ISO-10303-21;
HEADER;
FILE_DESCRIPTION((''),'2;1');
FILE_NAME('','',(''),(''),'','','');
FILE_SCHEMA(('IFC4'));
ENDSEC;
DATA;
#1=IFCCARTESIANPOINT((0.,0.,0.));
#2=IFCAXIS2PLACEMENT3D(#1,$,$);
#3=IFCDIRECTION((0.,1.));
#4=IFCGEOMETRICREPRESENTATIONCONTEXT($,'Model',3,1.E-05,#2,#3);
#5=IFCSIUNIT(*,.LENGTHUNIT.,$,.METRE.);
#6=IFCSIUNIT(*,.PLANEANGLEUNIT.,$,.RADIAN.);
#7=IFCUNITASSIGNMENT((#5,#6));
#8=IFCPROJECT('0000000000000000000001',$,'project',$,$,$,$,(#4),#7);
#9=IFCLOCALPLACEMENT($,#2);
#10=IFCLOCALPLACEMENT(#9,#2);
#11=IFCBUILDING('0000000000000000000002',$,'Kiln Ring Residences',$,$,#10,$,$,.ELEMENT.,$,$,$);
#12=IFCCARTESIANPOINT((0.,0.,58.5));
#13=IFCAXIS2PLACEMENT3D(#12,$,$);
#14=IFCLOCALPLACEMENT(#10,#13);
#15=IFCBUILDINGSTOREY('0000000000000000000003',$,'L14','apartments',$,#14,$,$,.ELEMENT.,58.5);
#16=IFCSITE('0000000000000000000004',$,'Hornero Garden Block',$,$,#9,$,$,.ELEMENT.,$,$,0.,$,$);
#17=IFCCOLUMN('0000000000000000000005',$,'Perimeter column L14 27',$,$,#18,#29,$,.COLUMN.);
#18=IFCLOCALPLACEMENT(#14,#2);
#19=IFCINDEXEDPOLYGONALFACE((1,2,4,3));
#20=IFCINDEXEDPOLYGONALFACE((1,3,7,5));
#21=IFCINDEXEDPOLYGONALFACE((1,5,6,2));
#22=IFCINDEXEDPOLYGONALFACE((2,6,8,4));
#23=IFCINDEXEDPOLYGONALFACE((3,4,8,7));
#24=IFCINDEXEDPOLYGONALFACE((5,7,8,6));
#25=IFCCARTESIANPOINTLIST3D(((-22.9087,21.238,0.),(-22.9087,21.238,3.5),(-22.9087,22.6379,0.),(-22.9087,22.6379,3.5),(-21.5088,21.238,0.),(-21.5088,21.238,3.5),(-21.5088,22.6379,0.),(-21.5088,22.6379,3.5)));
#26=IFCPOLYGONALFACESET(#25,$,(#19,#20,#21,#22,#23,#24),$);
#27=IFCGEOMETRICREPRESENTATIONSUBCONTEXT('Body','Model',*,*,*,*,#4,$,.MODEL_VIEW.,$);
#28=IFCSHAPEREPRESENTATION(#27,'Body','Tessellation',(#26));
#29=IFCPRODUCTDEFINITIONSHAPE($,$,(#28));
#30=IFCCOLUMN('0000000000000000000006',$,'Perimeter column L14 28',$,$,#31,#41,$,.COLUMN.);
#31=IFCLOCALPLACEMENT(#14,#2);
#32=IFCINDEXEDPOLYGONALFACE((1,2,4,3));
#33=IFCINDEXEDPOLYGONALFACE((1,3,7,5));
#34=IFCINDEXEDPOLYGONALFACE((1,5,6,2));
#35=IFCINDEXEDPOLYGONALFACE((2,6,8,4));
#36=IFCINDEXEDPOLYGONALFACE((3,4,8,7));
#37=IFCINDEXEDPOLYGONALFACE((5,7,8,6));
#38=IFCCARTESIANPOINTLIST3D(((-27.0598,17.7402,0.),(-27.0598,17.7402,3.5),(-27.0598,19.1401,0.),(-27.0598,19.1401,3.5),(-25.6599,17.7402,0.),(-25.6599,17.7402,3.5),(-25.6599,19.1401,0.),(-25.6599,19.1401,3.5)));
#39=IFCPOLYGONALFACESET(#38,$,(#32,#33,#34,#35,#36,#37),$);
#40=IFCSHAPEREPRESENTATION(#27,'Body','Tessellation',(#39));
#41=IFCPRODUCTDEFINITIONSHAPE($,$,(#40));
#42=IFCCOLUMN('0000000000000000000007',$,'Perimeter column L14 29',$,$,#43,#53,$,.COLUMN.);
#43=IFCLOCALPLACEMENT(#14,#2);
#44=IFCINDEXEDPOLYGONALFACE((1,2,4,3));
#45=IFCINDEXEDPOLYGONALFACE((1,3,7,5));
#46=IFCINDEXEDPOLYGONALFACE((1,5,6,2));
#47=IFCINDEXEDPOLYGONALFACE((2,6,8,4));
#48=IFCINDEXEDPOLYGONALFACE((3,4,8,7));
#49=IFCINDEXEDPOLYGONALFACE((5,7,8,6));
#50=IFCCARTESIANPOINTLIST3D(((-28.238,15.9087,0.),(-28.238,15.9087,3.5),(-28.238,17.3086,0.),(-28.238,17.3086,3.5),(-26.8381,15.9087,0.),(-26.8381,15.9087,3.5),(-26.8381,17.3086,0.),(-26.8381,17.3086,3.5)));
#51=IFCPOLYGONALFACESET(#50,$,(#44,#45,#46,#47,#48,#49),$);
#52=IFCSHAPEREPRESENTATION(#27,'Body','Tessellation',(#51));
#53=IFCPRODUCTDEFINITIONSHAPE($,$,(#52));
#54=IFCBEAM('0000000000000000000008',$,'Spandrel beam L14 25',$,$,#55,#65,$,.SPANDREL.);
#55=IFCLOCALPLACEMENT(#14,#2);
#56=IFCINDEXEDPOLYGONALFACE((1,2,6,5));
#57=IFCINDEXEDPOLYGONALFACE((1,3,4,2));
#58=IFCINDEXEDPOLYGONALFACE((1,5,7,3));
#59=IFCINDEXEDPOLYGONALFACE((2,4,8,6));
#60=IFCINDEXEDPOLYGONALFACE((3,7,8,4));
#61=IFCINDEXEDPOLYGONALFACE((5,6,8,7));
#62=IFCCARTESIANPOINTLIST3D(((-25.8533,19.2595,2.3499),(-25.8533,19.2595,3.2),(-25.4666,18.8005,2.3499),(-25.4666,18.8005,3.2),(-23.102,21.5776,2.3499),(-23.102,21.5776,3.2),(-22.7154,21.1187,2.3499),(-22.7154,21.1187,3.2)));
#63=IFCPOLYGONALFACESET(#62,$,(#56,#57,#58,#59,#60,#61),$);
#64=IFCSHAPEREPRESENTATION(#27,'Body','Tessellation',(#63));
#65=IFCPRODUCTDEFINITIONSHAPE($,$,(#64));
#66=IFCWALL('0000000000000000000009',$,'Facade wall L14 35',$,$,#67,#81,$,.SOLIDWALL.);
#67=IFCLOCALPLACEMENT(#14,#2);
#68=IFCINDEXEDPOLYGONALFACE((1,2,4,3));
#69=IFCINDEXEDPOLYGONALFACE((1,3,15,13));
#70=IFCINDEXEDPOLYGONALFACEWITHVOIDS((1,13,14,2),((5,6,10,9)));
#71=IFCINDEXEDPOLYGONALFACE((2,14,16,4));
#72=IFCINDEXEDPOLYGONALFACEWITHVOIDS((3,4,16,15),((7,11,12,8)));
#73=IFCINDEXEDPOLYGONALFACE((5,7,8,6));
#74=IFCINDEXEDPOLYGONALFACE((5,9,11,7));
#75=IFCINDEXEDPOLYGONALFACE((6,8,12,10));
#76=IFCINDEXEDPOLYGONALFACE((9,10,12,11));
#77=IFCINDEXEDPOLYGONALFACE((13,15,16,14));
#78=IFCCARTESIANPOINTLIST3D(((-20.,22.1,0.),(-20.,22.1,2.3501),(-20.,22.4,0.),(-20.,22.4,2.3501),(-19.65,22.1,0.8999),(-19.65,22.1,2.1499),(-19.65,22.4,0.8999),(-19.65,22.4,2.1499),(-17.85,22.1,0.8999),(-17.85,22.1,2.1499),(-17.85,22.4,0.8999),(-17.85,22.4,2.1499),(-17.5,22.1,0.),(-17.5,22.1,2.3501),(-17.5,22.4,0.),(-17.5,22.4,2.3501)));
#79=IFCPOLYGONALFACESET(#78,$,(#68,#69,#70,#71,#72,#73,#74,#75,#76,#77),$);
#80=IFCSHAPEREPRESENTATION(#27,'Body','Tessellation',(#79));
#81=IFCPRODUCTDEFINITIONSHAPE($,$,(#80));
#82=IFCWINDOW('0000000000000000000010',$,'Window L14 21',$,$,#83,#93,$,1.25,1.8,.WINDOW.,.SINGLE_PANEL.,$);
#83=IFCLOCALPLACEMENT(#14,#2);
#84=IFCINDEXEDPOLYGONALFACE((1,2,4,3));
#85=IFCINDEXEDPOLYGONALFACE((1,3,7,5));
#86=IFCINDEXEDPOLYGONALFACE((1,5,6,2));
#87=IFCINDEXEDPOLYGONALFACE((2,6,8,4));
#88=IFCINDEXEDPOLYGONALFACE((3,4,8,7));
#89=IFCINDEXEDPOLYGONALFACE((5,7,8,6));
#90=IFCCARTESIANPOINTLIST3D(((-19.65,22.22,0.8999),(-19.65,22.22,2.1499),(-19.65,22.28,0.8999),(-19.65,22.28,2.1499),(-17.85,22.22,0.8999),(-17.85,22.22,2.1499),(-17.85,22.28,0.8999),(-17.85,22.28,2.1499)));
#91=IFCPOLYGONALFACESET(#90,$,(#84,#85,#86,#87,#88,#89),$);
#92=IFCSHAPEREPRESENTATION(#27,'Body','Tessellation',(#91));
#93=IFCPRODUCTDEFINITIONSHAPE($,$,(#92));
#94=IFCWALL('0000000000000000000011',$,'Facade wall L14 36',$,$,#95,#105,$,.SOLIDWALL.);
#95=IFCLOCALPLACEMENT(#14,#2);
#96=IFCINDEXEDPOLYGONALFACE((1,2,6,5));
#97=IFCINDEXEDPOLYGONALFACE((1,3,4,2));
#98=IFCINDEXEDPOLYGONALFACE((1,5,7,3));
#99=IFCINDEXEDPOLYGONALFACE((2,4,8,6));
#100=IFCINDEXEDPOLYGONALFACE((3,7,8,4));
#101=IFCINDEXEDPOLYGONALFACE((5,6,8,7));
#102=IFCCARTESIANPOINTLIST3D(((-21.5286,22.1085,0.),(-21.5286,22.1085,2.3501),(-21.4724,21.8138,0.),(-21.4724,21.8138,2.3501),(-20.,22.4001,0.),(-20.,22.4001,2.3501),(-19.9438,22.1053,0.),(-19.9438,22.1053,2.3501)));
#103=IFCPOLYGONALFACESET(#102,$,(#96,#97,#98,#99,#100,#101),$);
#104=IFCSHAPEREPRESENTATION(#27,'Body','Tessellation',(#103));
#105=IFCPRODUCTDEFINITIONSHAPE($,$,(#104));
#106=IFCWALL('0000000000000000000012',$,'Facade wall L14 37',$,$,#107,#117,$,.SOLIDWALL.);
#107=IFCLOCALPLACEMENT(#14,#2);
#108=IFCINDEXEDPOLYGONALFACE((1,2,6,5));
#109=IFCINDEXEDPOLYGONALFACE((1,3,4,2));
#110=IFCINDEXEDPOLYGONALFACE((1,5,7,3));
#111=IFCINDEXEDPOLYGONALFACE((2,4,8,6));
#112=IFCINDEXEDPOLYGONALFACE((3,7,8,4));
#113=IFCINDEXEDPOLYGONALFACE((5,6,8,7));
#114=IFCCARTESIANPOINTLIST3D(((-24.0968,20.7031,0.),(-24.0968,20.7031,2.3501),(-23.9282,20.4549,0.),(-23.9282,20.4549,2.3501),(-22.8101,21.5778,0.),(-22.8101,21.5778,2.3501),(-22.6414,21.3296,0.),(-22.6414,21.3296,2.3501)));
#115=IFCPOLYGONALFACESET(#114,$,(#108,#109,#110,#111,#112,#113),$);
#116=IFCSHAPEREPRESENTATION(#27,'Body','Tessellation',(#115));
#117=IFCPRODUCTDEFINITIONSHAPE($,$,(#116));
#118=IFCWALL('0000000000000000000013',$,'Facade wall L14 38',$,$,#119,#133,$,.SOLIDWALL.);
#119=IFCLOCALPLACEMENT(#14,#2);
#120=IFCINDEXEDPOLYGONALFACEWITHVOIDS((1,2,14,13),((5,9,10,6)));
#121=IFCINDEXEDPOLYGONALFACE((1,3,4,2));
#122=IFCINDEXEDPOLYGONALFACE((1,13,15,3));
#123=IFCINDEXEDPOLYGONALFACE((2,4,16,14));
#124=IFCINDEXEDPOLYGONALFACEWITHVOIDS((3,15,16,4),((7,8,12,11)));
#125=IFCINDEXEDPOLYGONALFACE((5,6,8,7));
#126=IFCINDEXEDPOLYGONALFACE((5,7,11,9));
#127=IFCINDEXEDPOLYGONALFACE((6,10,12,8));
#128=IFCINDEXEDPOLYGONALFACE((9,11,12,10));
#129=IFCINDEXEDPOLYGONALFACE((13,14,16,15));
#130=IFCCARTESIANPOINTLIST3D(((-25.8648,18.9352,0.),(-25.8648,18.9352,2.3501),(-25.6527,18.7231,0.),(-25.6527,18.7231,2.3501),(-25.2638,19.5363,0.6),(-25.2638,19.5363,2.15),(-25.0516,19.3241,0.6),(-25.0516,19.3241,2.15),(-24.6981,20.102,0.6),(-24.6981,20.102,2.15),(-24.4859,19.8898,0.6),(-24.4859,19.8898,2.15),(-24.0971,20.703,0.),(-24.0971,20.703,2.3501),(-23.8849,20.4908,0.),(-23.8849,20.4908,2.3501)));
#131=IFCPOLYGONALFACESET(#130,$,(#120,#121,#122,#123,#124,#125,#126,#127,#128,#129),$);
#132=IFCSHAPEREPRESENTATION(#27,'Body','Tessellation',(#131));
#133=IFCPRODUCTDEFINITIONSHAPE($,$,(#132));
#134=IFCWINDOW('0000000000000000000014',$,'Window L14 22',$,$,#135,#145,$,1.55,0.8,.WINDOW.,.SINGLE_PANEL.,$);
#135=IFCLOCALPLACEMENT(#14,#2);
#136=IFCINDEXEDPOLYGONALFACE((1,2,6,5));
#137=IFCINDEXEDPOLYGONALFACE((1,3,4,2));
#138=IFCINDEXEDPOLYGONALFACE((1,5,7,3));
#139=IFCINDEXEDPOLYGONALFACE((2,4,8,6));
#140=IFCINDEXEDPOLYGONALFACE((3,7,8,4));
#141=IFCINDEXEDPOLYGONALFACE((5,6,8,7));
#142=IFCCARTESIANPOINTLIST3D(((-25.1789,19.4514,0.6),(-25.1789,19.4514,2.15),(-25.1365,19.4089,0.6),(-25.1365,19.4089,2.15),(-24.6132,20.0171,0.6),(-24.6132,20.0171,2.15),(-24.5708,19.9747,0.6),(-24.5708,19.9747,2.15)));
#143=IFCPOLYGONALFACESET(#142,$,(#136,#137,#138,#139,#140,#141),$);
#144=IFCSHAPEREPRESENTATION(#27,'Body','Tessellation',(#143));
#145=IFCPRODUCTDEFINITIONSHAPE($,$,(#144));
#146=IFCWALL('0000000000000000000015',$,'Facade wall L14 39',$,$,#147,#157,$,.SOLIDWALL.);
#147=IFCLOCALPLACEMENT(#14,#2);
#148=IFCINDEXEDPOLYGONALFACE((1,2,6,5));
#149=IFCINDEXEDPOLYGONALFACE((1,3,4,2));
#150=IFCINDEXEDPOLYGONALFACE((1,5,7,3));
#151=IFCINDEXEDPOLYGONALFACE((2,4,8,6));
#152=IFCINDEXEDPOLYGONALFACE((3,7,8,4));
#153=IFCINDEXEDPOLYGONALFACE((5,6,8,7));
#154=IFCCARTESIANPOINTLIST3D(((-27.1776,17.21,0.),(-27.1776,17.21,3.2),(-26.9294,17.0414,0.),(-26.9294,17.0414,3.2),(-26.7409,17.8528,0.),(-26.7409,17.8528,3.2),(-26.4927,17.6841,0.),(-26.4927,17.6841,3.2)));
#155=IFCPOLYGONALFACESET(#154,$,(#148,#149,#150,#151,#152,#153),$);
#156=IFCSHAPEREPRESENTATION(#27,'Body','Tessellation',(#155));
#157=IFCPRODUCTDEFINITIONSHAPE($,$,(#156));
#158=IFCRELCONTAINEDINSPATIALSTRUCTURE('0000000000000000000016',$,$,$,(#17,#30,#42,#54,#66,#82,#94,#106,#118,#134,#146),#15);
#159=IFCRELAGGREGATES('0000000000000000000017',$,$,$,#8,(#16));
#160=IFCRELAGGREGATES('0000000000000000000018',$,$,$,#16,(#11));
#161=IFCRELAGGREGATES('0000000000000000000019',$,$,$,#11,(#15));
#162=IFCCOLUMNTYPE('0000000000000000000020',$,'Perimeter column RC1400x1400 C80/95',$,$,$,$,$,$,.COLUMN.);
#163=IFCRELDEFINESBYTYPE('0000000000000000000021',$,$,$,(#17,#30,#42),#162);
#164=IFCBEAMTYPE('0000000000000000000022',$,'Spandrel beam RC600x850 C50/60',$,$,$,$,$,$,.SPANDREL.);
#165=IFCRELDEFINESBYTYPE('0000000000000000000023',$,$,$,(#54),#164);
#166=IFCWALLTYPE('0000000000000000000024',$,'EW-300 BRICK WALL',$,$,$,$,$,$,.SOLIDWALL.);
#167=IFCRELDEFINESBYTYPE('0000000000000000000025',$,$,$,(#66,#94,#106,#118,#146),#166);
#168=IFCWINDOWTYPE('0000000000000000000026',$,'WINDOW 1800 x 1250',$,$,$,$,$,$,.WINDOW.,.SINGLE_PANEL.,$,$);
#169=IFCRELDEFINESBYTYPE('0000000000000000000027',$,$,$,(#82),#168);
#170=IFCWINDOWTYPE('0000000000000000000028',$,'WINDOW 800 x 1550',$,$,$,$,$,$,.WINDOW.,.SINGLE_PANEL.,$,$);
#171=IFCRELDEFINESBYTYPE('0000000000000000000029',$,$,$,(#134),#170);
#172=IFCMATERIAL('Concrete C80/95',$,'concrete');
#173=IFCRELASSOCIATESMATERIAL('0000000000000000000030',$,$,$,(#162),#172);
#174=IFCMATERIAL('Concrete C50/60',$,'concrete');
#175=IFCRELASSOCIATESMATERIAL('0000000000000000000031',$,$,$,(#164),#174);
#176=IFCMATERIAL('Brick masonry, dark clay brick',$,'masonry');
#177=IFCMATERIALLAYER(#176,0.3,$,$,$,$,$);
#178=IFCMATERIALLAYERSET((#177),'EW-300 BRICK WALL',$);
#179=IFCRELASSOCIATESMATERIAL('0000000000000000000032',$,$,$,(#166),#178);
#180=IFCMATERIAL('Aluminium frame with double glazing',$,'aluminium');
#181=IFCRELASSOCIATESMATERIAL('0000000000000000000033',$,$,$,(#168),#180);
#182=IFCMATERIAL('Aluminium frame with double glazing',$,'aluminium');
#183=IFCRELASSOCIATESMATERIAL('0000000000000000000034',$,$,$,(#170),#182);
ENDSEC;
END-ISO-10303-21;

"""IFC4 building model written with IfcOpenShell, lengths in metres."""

from ifc_helpers import new_model, si_unit, direction, frame, frame_2d, origin, origin_2d, place, context, subcontext, project, spatial, rectangle, extrude, material, layer, layer_set, material_profile, profile_set, type_object, element, fill, save


model = new_model("IFC4")

# Units and contexts
model_context = context("Model", 3, precision=1e-05, world=origin(), true_north=direction((0.0, 1.0)))
body_context = subcontext(model_context, "Body", "Model", "MODEL_VIEW")
ifc_project = project(units=[si_unit("LENGTHUNIT", "METRE"), si_unit("PLANEANGLEUNIT", "RADIAN")], contexts=[model_context])

# Site, building, storey
site_placement = place(None, origin())
site = spatial("IfcSite", under=ifc_project, at=site_placement, Name="Hornero Garden Block", CompositionType="ELEMENT", RefElevation=0.0)
building_placement = place(site_placement, origin())
building = spatial("IfcBuilding", under=site, at=building_placement, Name="Kiln Ring Residences", CompositionType="ELEMENT")
storey_placement = place(building_placement, frame((0.0, 0.0, 58.5)))
storey = spatial("IfcBuildingStorey", under=building, at=storey_placement, Name="L14", Description="apartments", CompositionType="ELEMENT", Elevation=58.5)

# Columns
ifc_material_1 = material(Name="Concrete C80/95", Category="concrete")
ifc_material_profile_1 = material_profile(ifc_material_1, rectangle(XDim=1.3999, YDim=1.3999, at=origin_2d()), Name="RC1400x1400")
ifc_profile_set_1 = profile_set([ifc_material_profile_1], Name="Concrete C80/95")
column_type = type_object("IfcColumnType", Name="Perimeter column RC1400x1400 C80/95", PredefinedType="COLUMN", material=ifc_profile_set_1)
for number, where, z_axis, x_axis, name in (
    (1, (-22.2087, 21.938, 0.0), (0.0, 0.0, 1.0), (1.0, 0.0, 0.0), "Perimeter column L14 27"),
    (2, (-26.3599, 18.4402, 0.0), (0.0, 0.0, 1.0), (1.0, 0.0, 0.0), "Perimeter column L14 28"),
    (3, (-27.5381, 16.6086, 0.0), (0.0, 0.0, 1.0), (1.0, 0.0, 0.0), "Perimeter column L14 29"),
):
    element("IfcColumn", number, at=place(storey_placement, frame(where, z_axis=z_axis, x_axis=x_axis)), inside=storey, type_object=column_type, Name=name, PredefinedType="COLUMN", context=body_context, shape_type="SweptSolid", body=[
        extrude(rectangle(XDim=1.3999, YDim=1.3999, at=origin_2d()), origin(), (0.0, 0.0, 1.0), 3.5),
    ])

# Beam
ifc_material_2 = material(Name="Concrete C50/60", Category="concrete")
ifc_material_profile_2 = material_profile(ifc_material_2, rectangle(XDim=0.6001, YDim=0.8501, at=origin_2d()), Name="RC600x850")
ifc_profile_set_2 = profile_set([ifc_material_profile_2], Name="Concrete C50/60")
beam_type = type_object("IfcBeamType", Name="Spandrel beam RC600x850 C50/60", PredefinedType="SPANDREL", material=ifc_profile_set_2)
beam_placement = place(storey_placement, frame((-22.9087, 21.3481, 2.7749), z_axis=(-0.764733, -0.644347, 0.0), x_axis=(0.644347, -0.764733, 0.0)))
element("IfcBeam", 4, at=beam_placement, inside=storey, type_object=beam_type, Name="Spandrel beam L14 25", PredefinedType="SPANDREL", context=body_context, shape_type="SweptSolid", body=[
    extrude(rectangle(XDim=0.6001, YDim=0.8501, at=origin_2d()), origin(), (0.0, 0.0, 1.0), 3.5977),
])

# Wall, opening, window
ifc_material_3 = material(Name="Brick masonry, dark clay brick", Category="masonry")
ifc_layer_1 = layer(ifc_material_3, 0.3)
ifc_layer_set_1 = layer_set([ifc_layer_1], Name="EW-300 BRICK WALL")
wall_type_1 = type_object("IfcWallType", Name="EW-300 BRICK WALL", PredefinedType="SOLIDWALL", material=ifc_layer_set_1)
wall_1_placement = place(storey_placement, frame((-17.5, 22.25, 0.0), z_axis=(0.0, 0.0, 1.0), x_axis=(-1.0, 0.0, 0.0)))
wall_1 = element("IfcWall", 5, at=wall_1_placement, inside=storey, type_object=wall_type_1, Name="Facade wall L14 35", PredefinedType="SOLIDWALL", context=body_context, shape_type="SweptSolid", body=[
    extrude(rectangle(XDim=2.5, YDim=0.3, at=frame_2d((1.25, 0.0))), origin(), (0.0, 0.0, 1.0), 2.3501),
])
opening_1_placement = place(wall_1_placement, frame((0.3501, 0.0, 0.8999)))
opening_1 = element("IfcOpeningElement", 6, at=opening_1_placement, cuts=wall_1, PredefinedType="OPENING", context=body_context, shape_type="SweptSolid", body=[
    extrude(rectangle(XDim=1.8, YDim=1.25, at=frame_2d((0.8999, 0.625))), frame((0.0, 0.1599, 0.0), z_axis=(0.0, -1.0, 0.0), x_axis=(1.0, 0.0, 0.0)), (0.0, 0.0, 1.0), 0.3201),
])
ifc_material_4 = material(Name="Aluminium frame with double glazing", Category="aluminium")
window_type_1 = type_object("IfcWindowType", Name="WINDOW 1800 x 1250", PartitioningType="SINGLE_PANEL", PredefinedType="WINDOW", material=ifc_material_4)
window_1_placement = place(opening_1_placement, origin())
window_1 = element("IfcWindow", 7, at=window_1_placement, inside=storey, type_object=window_type_1, Name="Window L14 21", OverallHeight=1.25, OverallWidth=1.8, PartitioningType="SINGLE_PANEL", PredefinedType="WINDOW", context=body_context, shape_type="SweptSolid", body=[
    extrude(rectangle(XDim=1.8, YDim=1.25, at=frame_2d((0.8999, 0.625))), frame((0.0, 0.03, 0.0), z_axis=(0.0, -1.0, 0.0), x_axis=(1.0, 0.0, 0.0)), (0.0, 0.0, 1.0), 0.0601),
])
fill(opening_1, window_1)

# Walls
wall_2_placement = place(storey_placement, frame((-19.9719, 22.2527, 0.0), z_axis=(0.0, 0.0, 1.0), x_axis=(-0.982297, -0.187328, 0.0)))
element("IfcWall", 8, at=wall_2_placement, inside=storey, type_object=wall_type_1, Name="Facade wall L14 36", PredefinedType="SOLIDWALL", context=body_context, shape_type="SweptSolid", body=[
    extrude(rectangle(XDim=1.5562, YDim=0.3, at=frame_2d((0.7781, 0.0))), origin(), (0.0, 0.0, 1.0), 2.3501),
])
wall_3_placement = place(storey_placement, frame((-22.7258, 21.4536, 0.0), z_axis=(0.0, 0.0, 1.0), x_axis=(-0.82702, -0.562173, 0.0)))
element("IfcWall", 9, at=wall_3_placement, inside=storey, type_object=wall_type_1, Name="Facade wall L14 37", PredefinedType="SOLIDWALL", context=body_context, shape_type="SweptSolid", body=[
    extrude(rectangle(XDim=1.5559, YDim=0.3, at=frame_2d((0.7778, 0.0))), origin(), (0.0, 0.0, 1.0), 2.3501),
])

# Wall, opening, window
wall_4_placement = place(storey_placement, frame((-23.991, 20.5969, 0.0), z_axis=(0.0, 0.0, 1.0), x_axis=(-0.707107, -0.707107, 0.0)))
wall_4 = element("IfcWall", 10, at=wall_4_placement, inside=storey, type_object=wall_type_1, Name="Facade wall L14 38", PredefinedType="SOLIDWALL", context=body_context, shape_type="SweptSolid", body=[
    extrude(rectangle(XDim=2.5, YDim=0.3, at=frame_2d((1.25, 0.0))), origin(), (0.0, 0.0, 1.0), 2.3501),
])
opening_2_placement = place(wall_4_placement, frame((0.8501, 0.0, 0.6001)))
opening_2 = element("IfcOpeningElement", 11, at=opening_2_placement, cuts=wall_4, PredefinedType="OPENING", context=body_context, shape_type="SweptSolid", body=[
    extrude(rectangle(XDim=0.8, YDim=1.55, at=frame_2d((0.3999, 0.7749))), frame((0.0, 0.1599, 0.0), z_axis=(0.0, -1.0, 0.0), x_axis=(1.0, 0.0, 0.0)), (0.0, 0.0, 1.0), 0.3201),
])
ifc_material_5 = material(Name="Aluminium frame with double glazing", Category="aluminium")
window_type_2 = type_object("IfcWindowType", Name="WINDOW 800 x 1550", PartitioningType="SINGLE_PANEL", PredefinedType="WINDOW", material=ifc_material_5)
window_2_placement = place(opening_2_placement, origin())
window_2 = element("IfcWindow", 12, at=window_2_placement, inside=storey, type_object=window_type_2, Name="Window L14 22", OverallHeight=1.55, OverallWidth=0.8, PartitioningType="SINGLE_PANEL", PredefinedType="WINDOW", context=body_context, shape_type="SweptSolid", body=[
    extrude(rectangle(XDim=0.8, YDim=1.55, at=frame_2d((0.3999, 0.7749))), frame((0.0, 0.03, 0.0), z_axis=(0.0, -1.0, 0.0), x_axis=(1.0, 0.0, 0.0)), (0.0, 0.0, 1.0), 0.0601),
])
fill(opening_2, window_2)

# Wall
wall_5_placement = place(storey_placement, frame((-26.6167, 17.7686, 0.0), z_axis=(0.0, 0.0, 1.0), x_axis=(-0.562001, -0.827137, 0.0)))
element("IfcWall", 13, at=wall_5_placement, inside=storey, type_object=wall_type_1, Name="Facade wall L14 39", PredefinedType="SOLIDWALL", context=body_context, shape_type="SweptSolid", body=[
    extrude(rectangle(XDim=0.7771, YDim=0.3, at=frame_2d((0.3887, 0.0))), origin(), (0.0, 0.0, 1.0), 3.2),
])

save(model, "model.ifc")
